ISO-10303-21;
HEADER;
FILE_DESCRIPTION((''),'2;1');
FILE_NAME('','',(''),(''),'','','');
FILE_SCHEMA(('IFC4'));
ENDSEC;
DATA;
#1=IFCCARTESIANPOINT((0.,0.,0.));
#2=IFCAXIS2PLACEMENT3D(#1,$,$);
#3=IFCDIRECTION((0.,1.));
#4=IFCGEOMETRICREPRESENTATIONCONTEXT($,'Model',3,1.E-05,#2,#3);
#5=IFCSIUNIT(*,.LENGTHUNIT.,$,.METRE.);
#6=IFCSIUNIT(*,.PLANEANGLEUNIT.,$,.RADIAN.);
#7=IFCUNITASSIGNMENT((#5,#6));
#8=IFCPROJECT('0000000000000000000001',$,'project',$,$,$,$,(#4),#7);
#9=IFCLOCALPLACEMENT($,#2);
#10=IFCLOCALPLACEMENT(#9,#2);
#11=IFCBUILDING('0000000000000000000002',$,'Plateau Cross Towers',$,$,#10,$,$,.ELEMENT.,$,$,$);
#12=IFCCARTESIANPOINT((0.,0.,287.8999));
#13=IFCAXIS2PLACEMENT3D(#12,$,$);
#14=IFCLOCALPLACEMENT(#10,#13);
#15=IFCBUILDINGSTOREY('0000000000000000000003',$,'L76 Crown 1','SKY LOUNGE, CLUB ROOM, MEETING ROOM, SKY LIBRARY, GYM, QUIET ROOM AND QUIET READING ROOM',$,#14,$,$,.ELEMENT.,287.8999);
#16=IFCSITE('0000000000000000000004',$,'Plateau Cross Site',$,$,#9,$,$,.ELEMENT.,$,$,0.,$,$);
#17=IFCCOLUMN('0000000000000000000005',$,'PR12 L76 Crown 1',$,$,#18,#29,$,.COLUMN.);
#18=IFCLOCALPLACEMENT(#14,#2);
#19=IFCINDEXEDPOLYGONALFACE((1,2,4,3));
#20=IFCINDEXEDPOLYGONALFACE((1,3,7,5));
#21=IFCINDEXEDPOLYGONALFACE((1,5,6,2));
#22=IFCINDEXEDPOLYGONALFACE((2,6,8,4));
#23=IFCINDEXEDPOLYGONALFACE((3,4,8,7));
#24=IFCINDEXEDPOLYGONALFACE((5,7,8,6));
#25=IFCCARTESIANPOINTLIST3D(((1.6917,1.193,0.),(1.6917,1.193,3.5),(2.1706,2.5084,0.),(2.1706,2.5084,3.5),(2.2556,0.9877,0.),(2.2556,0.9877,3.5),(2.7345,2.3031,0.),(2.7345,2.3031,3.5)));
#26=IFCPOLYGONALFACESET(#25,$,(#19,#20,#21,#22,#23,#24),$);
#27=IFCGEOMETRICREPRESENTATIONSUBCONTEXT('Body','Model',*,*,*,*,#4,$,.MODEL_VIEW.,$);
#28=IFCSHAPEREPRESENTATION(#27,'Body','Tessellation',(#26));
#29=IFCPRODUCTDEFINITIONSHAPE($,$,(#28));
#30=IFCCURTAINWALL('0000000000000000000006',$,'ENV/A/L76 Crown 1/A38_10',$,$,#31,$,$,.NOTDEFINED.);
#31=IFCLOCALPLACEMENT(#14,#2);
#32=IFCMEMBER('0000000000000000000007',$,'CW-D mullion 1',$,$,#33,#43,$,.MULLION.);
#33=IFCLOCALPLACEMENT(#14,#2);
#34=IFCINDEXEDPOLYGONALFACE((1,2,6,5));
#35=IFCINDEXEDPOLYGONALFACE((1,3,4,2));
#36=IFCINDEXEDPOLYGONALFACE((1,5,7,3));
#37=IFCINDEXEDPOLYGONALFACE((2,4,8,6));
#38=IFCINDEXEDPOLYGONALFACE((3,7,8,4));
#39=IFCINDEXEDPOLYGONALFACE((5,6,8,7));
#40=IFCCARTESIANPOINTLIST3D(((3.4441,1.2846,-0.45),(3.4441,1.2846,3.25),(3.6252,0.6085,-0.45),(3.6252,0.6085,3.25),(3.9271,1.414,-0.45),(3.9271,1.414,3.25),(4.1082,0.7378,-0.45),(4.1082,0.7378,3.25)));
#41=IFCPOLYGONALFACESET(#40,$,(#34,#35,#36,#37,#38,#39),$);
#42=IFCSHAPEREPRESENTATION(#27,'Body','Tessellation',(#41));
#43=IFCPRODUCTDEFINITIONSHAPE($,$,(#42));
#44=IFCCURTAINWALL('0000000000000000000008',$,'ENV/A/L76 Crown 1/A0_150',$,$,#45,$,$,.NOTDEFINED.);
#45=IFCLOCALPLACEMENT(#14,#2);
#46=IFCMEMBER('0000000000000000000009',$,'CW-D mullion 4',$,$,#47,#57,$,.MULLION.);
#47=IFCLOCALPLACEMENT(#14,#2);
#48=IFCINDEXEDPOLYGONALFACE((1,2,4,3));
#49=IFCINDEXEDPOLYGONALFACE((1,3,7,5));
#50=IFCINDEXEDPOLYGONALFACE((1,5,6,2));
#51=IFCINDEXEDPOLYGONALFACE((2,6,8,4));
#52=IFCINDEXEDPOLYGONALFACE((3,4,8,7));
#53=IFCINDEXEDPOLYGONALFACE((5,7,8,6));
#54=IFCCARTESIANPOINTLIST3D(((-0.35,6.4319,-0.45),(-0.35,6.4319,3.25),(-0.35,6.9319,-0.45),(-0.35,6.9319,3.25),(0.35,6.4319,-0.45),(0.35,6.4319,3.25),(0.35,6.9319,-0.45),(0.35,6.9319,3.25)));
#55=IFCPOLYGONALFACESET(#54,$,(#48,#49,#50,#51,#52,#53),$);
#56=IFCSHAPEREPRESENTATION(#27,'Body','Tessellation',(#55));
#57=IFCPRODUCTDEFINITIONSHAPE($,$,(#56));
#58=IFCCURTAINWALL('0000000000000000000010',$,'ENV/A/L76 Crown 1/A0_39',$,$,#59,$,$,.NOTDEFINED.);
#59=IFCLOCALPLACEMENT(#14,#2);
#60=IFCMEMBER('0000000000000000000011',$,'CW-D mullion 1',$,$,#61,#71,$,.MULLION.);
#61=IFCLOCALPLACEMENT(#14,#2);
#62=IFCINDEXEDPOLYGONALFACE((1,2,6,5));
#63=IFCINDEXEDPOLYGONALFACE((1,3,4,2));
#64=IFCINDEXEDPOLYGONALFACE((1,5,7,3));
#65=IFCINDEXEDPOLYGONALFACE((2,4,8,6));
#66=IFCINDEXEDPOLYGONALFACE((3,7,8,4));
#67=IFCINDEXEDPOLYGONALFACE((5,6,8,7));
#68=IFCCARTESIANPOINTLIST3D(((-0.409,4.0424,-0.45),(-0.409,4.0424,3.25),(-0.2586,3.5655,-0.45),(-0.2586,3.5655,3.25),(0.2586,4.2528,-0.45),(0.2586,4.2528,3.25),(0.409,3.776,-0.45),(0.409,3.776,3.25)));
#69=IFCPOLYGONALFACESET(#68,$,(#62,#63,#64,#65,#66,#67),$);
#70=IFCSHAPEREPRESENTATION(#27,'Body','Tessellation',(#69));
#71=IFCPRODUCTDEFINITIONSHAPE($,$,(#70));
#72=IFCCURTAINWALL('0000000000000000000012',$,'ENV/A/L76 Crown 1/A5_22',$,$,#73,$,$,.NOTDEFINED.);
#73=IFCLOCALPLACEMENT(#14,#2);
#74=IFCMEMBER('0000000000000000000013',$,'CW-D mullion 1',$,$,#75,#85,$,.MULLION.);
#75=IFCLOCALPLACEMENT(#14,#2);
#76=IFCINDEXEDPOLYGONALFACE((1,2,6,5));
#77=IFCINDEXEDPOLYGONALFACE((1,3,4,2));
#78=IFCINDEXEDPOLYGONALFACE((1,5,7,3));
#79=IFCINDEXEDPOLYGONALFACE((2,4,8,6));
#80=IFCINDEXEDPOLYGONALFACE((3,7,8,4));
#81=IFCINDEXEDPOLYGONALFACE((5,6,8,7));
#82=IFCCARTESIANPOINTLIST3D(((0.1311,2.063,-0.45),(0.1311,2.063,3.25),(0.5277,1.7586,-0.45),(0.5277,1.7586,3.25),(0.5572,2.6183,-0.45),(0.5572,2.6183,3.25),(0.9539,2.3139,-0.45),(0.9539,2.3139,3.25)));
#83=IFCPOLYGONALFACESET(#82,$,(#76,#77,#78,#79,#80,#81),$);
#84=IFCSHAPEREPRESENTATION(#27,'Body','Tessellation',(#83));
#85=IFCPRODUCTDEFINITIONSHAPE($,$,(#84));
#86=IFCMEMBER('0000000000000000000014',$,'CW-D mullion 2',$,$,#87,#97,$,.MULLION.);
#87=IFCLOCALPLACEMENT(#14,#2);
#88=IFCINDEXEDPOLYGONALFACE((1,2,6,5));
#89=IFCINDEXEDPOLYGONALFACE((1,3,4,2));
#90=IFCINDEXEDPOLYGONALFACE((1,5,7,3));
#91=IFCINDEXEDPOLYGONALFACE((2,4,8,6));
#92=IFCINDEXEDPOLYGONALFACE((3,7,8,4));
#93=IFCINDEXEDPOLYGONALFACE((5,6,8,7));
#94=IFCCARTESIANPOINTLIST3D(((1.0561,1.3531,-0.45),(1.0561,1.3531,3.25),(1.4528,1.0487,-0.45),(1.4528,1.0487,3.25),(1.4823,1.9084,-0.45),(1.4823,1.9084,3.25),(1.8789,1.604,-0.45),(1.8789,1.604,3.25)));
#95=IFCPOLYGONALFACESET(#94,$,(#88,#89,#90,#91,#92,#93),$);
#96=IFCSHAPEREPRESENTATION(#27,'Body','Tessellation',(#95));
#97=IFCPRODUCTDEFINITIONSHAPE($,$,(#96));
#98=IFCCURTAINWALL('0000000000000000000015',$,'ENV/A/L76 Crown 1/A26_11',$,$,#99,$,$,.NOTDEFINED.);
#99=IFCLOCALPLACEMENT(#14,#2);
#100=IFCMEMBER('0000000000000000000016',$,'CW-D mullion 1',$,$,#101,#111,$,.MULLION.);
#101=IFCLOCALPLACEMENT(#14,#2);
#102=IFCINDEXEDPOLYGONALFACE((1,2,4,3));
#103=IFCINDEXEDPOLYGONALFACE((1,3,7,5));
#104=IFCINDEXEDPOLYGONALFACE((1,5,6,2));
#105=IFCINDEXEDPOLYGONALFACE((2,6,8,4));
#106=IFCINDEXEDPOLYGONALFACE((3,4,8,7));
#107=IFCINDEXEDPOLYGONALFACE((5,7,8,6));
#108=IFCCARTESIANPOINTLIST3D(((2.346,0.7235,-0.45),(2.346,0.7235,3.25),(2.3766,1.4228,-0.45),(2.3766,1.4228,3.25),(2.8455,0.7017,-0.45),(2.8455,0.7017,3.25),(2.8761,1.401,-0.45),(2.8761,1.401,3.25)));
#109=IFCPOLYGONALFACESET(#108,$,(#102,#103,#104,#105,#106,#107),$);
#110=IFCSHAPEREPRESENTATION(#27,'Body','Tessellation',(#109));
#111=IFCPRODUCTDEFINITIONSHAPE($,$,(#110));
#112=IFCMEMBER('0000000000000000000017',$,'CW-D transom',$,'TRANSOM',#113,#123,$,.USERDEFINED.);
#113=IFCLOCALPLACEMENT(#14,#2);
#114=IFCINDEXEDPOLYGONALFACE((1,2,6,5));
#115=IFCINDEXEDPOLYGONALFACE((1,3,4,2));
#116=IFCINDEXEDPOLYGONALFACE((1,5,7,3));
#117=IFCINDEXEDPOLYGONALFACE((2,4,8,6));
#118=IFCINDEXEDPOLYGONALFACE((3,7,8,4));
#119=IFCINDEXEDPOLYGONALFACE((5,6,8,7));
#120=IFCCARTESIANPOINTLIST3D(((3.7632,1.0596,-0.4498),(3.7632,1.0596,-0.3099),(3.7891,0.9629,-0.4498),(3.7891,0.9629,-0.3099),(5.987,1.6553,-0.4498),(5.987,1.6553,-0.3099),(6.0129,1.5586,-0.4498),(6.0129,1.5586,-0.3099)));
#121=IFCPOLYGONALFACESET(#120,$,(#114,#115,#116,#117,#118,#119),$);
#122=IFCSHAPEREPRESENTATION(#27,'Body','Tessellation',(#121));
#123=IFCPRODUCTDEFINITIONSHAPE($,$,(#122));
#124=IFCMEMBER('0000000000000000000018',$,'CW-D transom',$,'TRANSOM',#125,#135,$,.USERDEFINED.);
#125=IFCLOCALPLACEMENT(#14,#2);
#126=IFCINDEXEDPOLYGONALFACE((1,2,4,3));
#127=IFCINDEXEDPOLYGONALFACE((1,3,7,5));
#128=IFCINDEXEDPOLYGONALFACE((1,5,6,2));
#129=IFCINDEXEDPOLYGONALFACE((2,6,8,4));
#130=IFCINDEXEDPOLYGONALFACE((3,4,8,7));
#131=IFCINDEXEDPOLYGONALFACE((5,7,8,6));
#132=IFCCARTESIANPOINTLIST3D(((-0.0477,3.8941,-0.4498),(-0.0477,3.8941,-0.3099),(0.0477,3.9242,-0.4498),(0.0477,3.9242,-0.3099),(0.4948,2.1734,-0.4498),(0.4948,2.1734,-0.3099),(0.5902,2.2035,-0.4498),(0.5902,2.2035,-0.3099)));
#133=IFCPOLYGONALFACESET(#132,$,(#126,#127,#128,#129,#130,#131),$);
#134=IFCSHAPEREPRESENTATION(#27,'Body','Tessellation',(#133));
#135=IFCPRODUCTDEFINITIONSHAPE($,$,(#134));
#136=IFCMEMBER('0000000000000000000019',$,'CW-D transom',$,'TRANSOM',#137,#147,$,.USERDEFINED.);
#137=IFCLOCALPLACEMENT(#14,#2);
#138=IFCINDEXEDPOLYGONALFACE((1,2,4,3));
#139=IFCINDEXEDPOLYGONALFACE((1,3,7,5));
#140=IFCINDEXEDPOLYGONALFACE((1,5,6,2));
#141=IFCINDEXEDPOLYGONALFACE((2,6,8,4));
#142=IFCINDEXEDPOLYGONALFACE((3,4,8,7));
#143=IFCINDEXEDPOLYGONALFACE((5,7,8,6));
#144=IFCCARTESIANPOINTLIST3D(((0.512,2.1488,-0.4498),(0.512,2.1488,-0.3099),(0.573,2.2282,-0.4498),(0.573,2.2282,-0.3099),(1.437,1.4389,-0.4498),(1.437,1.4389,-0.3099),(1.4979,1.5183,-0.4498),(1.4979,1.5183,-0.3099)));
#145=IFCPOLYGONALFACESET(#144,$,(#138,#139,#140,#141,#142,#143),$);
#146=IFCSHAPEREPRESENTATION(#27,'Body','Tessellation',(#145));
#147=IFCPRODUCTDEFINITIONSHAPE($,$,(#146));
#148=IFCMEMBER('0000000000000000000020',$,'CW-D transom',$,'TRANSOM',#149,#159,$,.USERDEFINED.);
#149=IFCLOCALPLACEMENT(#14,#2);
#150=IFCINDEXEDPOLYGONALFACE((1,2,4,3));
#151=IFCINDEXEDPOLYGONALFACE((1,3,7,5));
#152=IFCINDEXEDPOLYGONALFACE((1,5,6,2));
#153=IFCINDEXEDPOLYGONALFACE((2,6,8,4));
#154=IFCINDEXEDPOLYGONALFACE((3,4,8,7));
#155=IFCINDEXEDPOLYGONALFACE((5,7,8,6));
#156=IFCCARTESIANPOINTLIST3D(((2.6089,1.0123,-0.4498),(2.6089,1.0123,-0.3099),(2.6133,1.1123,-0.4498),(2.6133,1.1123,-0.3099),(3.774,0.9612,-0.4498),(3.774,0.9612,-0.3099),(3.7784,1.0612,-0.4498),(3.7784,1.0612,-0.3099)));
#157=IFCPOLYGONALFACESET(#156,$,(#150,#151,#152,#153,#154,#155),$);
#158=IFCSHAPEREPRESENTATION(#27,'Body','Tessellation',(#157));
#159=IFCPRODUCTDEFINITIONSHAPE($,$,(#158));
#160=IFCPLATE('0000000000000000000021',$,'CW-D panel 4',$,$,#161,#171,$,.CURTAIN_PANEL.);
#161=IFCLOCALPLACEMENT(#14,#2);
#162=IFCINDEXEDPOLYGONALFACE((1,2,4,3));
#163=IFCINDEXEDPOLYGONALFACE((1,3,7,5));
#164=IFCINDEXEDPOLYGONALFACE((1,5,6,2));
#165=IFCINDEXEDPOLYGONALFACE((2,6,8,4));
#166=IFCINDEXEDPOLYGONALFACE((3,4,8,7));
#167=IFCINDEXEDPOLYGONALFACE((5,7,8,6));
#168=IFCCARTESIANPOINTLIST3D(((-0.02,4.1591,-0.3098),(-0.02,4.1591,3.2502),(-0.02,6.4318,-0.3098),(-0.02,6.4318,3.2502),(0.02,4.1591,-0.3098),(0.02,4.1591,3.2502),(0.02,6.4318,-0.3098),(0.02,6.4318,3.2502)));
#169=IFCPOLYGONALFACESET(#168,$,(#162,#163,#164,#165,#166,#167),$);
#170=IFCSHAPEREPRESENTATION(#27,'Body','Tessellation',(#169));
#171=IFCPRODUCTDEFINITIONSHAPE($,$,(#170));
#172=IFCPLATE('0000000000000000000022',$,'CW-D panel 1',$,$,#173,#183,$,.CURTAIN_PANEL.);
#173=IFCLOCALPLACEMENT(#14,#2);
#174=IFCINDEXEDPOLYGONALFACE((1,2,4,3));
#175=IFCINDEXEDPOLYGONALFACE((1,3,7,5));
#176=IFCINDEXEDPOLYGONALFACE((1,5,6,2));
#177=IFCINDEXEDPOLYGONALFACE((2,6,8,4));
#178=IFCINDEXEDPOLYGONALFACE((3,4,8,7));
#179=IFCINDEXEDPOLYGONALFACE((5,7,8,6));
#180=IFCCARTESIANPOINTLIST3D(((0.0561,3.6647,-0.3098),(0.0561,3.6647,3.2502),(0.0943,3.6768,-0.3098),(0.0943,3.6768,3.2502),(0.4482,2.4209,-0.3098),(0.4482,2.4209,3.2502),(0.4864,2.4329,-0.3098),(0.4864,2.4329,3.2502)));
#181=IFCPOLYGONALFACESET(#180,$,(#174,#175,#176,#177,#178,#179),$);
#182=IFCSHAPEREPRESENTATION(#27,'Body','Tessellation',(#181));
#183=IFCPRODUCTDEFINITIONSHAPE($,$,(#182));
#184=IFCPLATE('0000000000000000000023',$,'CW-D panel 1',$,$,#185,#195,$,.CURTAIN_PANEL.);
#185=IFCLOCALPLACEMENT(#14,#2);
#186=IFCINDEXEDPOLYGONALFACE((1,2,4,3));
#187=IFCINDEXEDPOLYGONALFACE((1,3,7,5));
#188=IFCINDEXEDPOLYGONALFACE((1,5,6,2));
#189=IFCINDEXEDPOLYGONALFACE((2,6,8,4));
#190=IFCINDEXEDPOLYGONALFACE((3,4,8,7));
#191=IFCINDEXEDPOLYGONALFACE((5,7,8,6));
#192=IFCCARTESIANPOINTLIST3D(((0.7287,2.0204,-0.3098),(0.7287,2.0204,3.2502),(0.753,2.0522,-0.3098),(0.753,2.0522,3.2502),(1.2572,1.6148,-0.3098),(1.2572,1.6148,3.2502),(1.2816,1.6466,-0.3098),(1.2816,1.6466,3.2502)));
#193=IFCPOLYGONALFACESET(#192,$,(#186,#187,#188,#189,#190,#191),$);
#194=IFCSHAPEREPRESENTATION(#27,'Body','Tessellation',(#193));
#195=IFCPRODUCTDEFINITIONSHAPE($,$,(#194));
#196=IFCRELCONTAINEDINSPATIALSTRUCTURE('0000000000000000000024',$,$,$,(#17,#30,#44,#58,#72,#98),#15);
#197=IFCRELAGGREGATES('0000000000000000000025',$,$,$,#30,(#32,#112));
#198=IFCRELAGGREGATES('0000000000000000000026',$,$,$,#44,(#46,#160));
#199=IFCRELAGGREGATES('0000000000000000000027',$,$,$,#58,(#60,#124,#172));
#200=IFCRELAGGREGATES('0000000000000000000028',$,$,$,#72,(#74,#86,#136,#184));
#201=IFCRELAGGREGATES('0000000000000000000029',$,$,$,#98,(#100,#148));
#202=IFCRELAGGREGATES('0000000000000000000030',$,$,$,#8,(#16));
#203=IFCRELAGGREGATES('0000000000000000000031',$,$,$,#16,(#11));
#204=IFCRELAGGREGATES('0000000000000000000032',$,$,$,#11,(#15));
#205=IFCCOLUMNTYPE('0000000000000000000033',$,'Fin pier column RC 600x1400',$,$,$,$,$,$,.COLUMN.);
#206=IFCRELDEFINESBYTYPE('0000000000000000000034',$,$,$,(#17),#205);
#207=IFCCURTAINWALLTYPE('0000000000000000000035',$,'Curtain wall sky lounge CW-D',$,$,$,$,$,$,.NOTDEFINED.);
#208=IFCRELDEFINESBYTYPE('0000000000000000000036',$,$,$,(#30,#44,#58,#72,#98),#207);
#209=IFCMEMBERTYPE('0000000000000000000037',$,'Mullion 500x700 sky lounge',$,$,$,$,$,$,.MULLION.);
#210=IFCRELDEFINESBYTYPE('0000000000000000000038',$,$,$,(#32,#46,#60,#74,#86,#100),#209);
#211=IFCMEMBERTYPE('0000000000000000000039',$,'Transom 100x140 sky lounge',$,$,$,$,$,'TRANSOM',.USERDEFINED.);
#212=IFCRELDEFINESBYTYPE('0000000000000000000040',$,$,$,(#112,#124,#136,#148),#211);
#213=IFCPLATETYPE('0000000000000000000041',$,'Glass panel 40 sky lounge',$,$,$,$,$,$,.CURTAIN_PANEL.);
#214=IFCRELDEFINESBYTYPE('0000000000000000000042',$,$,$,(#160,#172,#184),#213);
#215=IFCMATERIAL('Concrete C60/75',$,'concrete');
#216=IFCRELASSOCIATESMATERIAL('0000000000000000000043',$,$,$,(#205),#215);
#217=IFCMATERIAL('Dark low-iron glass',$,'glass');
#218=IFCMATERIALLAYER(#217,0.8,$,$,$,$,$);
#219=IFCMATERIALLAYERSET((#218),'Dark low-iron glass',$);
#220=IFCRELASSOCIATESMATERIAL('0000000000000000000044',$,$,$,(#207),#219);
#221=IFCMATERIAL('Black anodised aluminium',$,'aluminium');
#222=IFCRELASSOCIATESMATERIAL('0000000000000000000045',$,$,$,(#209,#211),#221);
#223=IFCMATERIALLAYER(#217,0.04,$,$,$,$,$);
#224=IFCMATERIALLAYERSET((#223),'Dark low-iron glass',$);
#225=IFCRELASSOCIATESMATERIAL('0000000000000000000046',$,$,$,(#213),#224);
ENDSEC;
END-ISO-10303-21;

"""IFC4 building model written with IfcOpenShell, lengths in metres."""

from ifc_helpers import new_model, si_unit, direction, frame, origin, origin_2d, place, context, subcontext, project, spatial, rectangle, extrude, material, layer, layer_set, material_profile, profile_set, type_object, element, aggregate, save


model = new_model("IFC4")

# Units and contexts
model_context = context("Model", 3, precision=1e-05, world=origin(), true_north=direction((0.0, 1.0)))
body_context = subcontext(model_context, "Body", "Model", "MODEL_VIEW")
ifc_project = project(units=[si_unit("LENGTHUNIT", "METRE"), si_unit("PLANEANGLEUNIT", "RADIAN")], contexts=[model_context])

# Site, building, storey
site_placement = place(None, origin())
site = spatial("IfcSite", under=ifc_project, at=site_placement, Name="Plateau Cross Site", CompositionType="ELEMENT", RefElevation=0.0)
building_placement = place(site_placement, origin())
building = spatial("IfcBuilding", under=site, at=building_placement, Name="Plateau Cross Towers", CompositionType="ELEMENT")
storey_placement = place(building_placement, frame((0.0, 0.0, 287.8999)))
storey = spatial("IfcBuildingStorey", under=building, at=storey_placement, Name="L76 Crown 1", Description="SKY LOUNGE, CLUB ROOM, MEETING ROOM, SKY LIBRARY, GYM, QUIET ROOM AND QUIET READING ROOM", CompositionType="ELEMENT", Elevation=287.8999)

# Column
ifc_material_1 = material(Name="Concrete C60/75", Category="concrete")
ifc_material_profile_1 = material_profile(ifc_material_1, rectangle(XDim=0.6001, YDim=1.3999, at=origin_2d()), Name="RC 600x1400")
ifc_profile_set_1 = profile_set([ifc_material_profile_1], Name="Concrete C60/75")
column_type = type_object("IfcColumnType", Name="Fin pier column RC 600x1400", PredefinedType="COLUMN", material=ifc_profile_set_1)
column_placement = place(storey_placement, frame((2.2131, 1.748, 0.0), z_axis=(0.0, 0.0, 1.0), x_axis=(-0.939664, 0.342098, 0.0)))
element("IfcColumn", 1, at=column_placement, inside=storey, type_object=column_type, Name="PR12 L76 Crown 1", PredefinedType="COLUMN", context=body_context, shape_type="SweptSolid", body=[
    extrude(rectangle(XDim=0.6001, YDim=1.3999, at=origin_2d()), origin(), (0.0, 0.0, 1.0), 3.5),
])

# Curtain walls, members
ifc_material_2 = material(Name="Dark low-iron glass", Category="glass")
ifc_layer_1 = layer(ifc_material_2, 0.8)
ifc_layer_set_1 = layer_set([ifc_layer_1], Name="Dark low-iron glass")
curtain_wall_type = type_object("IfcCurtainWallType", Name="Curtain wall sky lounge CW-D", PredefinedType="NOTDEFINED", material=ifc_layer_set_1)
curtain_wall_1_placement = place(storey_placement, origin())
curtain_wall_1 = element("IfcCurtainWall", 2, at=curtain_wall_1_placement, inside=storey, type_object=curtain_wall_type, Name="ENV/A/L76 Crown 1/A38_10", PredefinedType="NOTDEFINED")
ifc_material_3 = material(Name="Black anodised aluminium", Category="aluminium")
ifc_material_profile_2 = material_profile(ifc_material_3, rectangle(XDim=0.5, YDim=0.7, at=origin_2d()), Name="MULLION 500x700")
ifc_profile_set_2 = profile_set([ifc_material_profile_2], Name="Black anodised aluminium")
member_type_1 = type_object("IfcMemberType", Name="Mullion 500x700 sky lounge", PredefinedType="MULLION", material=ifc_profile_set_2)
member_1_placement = place(storey_placement, frame((3.7761, 1.0112, -0.45), z_axis=(0.0, 0.0, 1.0), x_axis=(0.965958, 0.258699, 0.0)))
member_1 = element("IfcMember", 3, at=member_1_placement, type_object=member_type_1, Name="CW-D mullion 1", PredefinedType="MULLION", context=body_context, shape_type="SweptSolid", body=[
    extrude(rectangle(XDim=0.5, YDim=0.7, at=origin_2d()), origin(), (0.0, 0.0, 1.0), 3.7),
])
curtain_wall_2_placement = place(storey_placement, origin())
curtain_wall_2 = element("IfcCurtainWall", 4, at=curtain_wall_2_placement, inside=storey, type_object=curtain_wall_type, Name="ENV/A/L76 Crown 1/A0_150", PredefinedType="NOTDEFINED")
member_2_placement = place(storey_placement, frame((0.0, 6.6819, -0.45), z_axis=(0.0, 0.0, 1.0), x_axis=(0.0, -1.0, 0.0)))
member_2 = element("IfcMember", 5, at=member_2_placement, type_object=member_type_1, Name="CW-D mullion 4", PredefinedType="MULLION", context=body_context, shape_type="SweptSolid", body=[
    extrude(rectangle(XDim=0.5, YDim=0.7, at=origin_2d()), origin(), (0.0, 0.0, 1.0), 3.7),
])
curtain_wall_3_placement = place(storey_placement, origin())
curtain_wall_3 = element("IfcCurtainWall", 6, at=curtain_wall_3_placement, inside=storey, type_object=curtain_wall_type, Name="ENV/A/L76 Crown 1/A0_39", PredefinedType="NOTDEFINED")
member_3_placement = place(storey_placement, frame((0.0, 3.9092, -0.45), z_axis=(0.0, 0.0, 1.0), x_axis=(0.300686, -0.953723, 0.0)))
member_3 = element("IfcMember", 7, at=member_3_placement, type_object=member_type_1, Name="CW-D mullion 1", PredefinedType="MULLION", context=body_context, shape_type="SweptSolid", body=[
    extrude(rectangle(XDim=0.5, YDim=0.7, at=origin_2d()), origin(), (0.0, 0.0, 1.0), 3.7),
])

# Curtain wall, members
curtain_wall_4_placement = place(storey_placement, origin())
curtain_wall_4 = element("IfcCurtainWall", 8, at=curtain_wall_4_placement, inside=storey, type_object=curtain_wall_type, Name="ENV/A/L76 Crown 1/A5_22", PredefinedType="NOTDEFINED")
member_4_placement = place(storey_placement, frame((0.5425, 2.1885, -0.45), z_axis=(0.0, 0.0, 1.0), x_axis=(0.793316, -0.608811, 0.0)))
member_4 = element("IfcMember", 9, at=member_4_placement, type_object=member_type_1, Name="CW-D mullion 1", PredefinedType="MULLION", context=body_context, shape_type="SweptSolid", body=[
    extrude(rectangle(XDim=0.5, YDim=0.7, at=origin_2d()), origin(), (0.0, 0.0, 1.0), 3.7),
])
member_5_placement = place(storey_placement, frame((1.4675, 1.4785, -0.45), z_axis=(0.0, 0.0, 1.0), x_axis=(0.793316, -0.608811, 0.0)))
member_5 = element("IfcMember", 10, at=member_5_placement, type_object=member_type_1, Name="CW-D mullion 2", PredefinedType="MULLION", context=body_context, shape_type="SweptSolid", body=[
    extrude(rectangle(XDim=0.5, YDim=0.7, at=origin_2d()), origin(), (0.0, 0.0, 1.0), 3.7),
])

# Curtain wall, member
curtain_wall_5_placement = place(storey_placement, origin())
curtain_wall_5 = element("IfcCurtainWall", 11, at=curtain_wall_5_placement, inside=storey, type_object=curtain_wall_type, Name="ENV/A/L76 Crown 1/A26_11", PredefinedType="NOTDEFINED")
member_6_placement = place(storey_placement, frame((2.6111, 1.0623, -0.45), z_axis=(0.0, 0.0, 1.0), x_axis=(0.999044, -0.043723, 0.0)))
member_6 = element("IfcMember", 12, at=member_6_placement, type_object=member_type_1, Name="CW-D mullion 1", PredefinedType="MULLION", context=body_context, shape_type="SweptSolid", body=[
    extrude(rectangle(XDim=0.5, YDim=0.7, at=origin_2d()), origin(), (0.0, 0.0, 1.0), 3.7),
])

# Members
ifc_material_profile_3 = material_profile(ifc_material_3, rectangle(XDim=0.1001, YDim=0.1399, at=origin_2d()), Name="TRANSOM 100x140")
ifc_profile_set_3 = profile_set([ifc_material_profile_3], Name="Black anodised aluminium")
member_type_2 = type_object("IfcMemberType", Name="Transom 100x140 sky lounge", ElementType="TRANSOM", PredefinedType="USERDEFINED", material=ifc_profile_set_3)
member_7_placement = place(storey_placement, frame((3.7761, 1.0112, -0.3799), z_axis=(0.965946, 0.258745, 0.0), x_axis=(-0.258745, 0.965946, 0.0)))
member_7 = element("IfcMember", 13, at=member_7_placement, type_object=member_type_2, Name="CW-D transom", ObjectType="TRANSOM", PredefinedType="USERDEFINED", context=body_context, shape_type="SweptSolid", body=[
    extrude(rectangle(XDim=0.1001, YDim=0.1399, at=origin_2d()), origin(), (0.0, 0.0, 1.0), 2.3022),
])
aggregate(curtain_wall_1, [member_1, member_7])
member_8_placement = place(storey_placement, frame((0.0, 3.9092, -0.3799), z_axis=(0.300678, -0.953726, 0.0), x_axis=(0.953726, 0.300678, 0.0)))
member_8 = element("IfcMember", 14, at=member_8_placement, type_object=member_type_2, Name="CW-D transom", ObjectType="TRANSOM", PredefinedType="USERDEFINED", context=body_context, shape_type="SweptSolid", body=[
    extrude(rectangle(XDim=0.1001, YDim=0.1399, at=origin_2d()), origin(), (0.0, 0.0, 1.0), 1.8042),
])
member_9_placement = place(storey_placement, frame((0.5425, 2.1885, -0.3799), z_axis=(0.793293, -0.60884, 0.0), x_axis=(0.60884, 0.793293, 0.0)))
member_9 = element("IfcMember", 15, at=member_9_placement, type_object=member_type_2, Name="CW-D transom", ObjectType="TRANSOM", PredefinedType="USERDEFINED", context=body_context, shape_type="SweptSolid", body=[
    extrude(rectangle(XDim=0.1001, YDim=0.1399, at=origin_2d()), origin(), (0.0, 0.0, 1.0), 1.166),
])
member_10_placement = place(storey_placement, frame((2.6111, 1.0623, -0.3799), z_axis=(0.999042, -0.043755, 0.0), x_axis=(0.043755, 0.999042, 0.0)))
member_10 = element("IfcMember", 16, at=member_10_placement, type_object=member_type_2, Name="CW-D transom", ObjectType="TRANSOM", PredefinedType="USERDEFINED", context=body_context, shape_type="SweptSolid", body=[
    extrude(rectangle(XDim=0.1001, YDim=0.1399, at=origin_2d()), origin(), (0.0, 0.0, 1.0), 1.1663),
])

# Plates
ifc_layer_2 = layer(ifc_material_2, 0.04)
ifc_layer_set_2 = layer_set([ifc_layer_2], Name="Dark low-iron glass")
plate_type = type_object("IfcPlateType", Name="Glass panel 40 sky lounge", PredefinedType="CURTAIN_PANEL", material=ifc_layer_set_2)
plate_1_placement = place(storey_placement, frame((0.0, 5.2954, -0.3098), z_axis=(0.0, 0.0, 1.0), x_axis=(0.0, -1.0, 0.0)))
plate_1 = element("IfcPlate", 17, at=plate_1_placement, type_object=plate_type, Name="CW-D panel 4", PredefinedType="CURTAIN_PANEL", context=body_context, shape_type="SweptSolid", body=[
    extrude(rectangle(XDim=2.2727, YDim=0.04, at=origin_2d()), origin(), (0.0, 0.0, 1.0), 3.5601),
])
aggregate(curtain_wall_2, [member_2, plate_1])
plate_2_placement = place(storey_placement, frame((0.2712, 3.0488, -0.3098), z_axis=(0.0, 0.0, 1.0), x_axis=(0.300686, -0.953723, 0.0)))
plate_2 = element("IfcPlate", 18, at=plate_2_placement, type_object=plate_type, Name="CW-D panel 1", PredefinedType="CURTAIN_PANEL", context=body_context, shape_type="SweptSolid", body=[
    extrude(rectangle(XDim=1.3042, YDim=0.04, at=origin_2d()), origin(), (0.0, 0.0, 1.0), 3.5601),
])
aggregate(curtain_wall_3, [member_3, member_8, plate_2])
plate_3_placement = place(storey_placement, frame((1.0051, 1.8335, -0.3098), z_axis=(0.0, 0.0, 1.0), x_axis=(0.793316, -0.608811, 0.0)))
plate_3 = element("IfcPlate", 19, at=plate_3_placement, type_object=plate_type, Name="CW-D panel 1", PredefinedType="CURTAIN_PANEL", context=body_context, shape_type="SweptSolid", body=[
    extrude(rectangle(XDim=0.6663, YDim=0.04, at=origin_2d()), origin(), (0.0, 0.0, 1.0), 3.5601),
])
aggregate(curtain_wall_4, [member_4, member_5, member_9, plate_3])
aggregate(curtain_wall_5, [member_6, member_10])

save(model, "model.ifc")
